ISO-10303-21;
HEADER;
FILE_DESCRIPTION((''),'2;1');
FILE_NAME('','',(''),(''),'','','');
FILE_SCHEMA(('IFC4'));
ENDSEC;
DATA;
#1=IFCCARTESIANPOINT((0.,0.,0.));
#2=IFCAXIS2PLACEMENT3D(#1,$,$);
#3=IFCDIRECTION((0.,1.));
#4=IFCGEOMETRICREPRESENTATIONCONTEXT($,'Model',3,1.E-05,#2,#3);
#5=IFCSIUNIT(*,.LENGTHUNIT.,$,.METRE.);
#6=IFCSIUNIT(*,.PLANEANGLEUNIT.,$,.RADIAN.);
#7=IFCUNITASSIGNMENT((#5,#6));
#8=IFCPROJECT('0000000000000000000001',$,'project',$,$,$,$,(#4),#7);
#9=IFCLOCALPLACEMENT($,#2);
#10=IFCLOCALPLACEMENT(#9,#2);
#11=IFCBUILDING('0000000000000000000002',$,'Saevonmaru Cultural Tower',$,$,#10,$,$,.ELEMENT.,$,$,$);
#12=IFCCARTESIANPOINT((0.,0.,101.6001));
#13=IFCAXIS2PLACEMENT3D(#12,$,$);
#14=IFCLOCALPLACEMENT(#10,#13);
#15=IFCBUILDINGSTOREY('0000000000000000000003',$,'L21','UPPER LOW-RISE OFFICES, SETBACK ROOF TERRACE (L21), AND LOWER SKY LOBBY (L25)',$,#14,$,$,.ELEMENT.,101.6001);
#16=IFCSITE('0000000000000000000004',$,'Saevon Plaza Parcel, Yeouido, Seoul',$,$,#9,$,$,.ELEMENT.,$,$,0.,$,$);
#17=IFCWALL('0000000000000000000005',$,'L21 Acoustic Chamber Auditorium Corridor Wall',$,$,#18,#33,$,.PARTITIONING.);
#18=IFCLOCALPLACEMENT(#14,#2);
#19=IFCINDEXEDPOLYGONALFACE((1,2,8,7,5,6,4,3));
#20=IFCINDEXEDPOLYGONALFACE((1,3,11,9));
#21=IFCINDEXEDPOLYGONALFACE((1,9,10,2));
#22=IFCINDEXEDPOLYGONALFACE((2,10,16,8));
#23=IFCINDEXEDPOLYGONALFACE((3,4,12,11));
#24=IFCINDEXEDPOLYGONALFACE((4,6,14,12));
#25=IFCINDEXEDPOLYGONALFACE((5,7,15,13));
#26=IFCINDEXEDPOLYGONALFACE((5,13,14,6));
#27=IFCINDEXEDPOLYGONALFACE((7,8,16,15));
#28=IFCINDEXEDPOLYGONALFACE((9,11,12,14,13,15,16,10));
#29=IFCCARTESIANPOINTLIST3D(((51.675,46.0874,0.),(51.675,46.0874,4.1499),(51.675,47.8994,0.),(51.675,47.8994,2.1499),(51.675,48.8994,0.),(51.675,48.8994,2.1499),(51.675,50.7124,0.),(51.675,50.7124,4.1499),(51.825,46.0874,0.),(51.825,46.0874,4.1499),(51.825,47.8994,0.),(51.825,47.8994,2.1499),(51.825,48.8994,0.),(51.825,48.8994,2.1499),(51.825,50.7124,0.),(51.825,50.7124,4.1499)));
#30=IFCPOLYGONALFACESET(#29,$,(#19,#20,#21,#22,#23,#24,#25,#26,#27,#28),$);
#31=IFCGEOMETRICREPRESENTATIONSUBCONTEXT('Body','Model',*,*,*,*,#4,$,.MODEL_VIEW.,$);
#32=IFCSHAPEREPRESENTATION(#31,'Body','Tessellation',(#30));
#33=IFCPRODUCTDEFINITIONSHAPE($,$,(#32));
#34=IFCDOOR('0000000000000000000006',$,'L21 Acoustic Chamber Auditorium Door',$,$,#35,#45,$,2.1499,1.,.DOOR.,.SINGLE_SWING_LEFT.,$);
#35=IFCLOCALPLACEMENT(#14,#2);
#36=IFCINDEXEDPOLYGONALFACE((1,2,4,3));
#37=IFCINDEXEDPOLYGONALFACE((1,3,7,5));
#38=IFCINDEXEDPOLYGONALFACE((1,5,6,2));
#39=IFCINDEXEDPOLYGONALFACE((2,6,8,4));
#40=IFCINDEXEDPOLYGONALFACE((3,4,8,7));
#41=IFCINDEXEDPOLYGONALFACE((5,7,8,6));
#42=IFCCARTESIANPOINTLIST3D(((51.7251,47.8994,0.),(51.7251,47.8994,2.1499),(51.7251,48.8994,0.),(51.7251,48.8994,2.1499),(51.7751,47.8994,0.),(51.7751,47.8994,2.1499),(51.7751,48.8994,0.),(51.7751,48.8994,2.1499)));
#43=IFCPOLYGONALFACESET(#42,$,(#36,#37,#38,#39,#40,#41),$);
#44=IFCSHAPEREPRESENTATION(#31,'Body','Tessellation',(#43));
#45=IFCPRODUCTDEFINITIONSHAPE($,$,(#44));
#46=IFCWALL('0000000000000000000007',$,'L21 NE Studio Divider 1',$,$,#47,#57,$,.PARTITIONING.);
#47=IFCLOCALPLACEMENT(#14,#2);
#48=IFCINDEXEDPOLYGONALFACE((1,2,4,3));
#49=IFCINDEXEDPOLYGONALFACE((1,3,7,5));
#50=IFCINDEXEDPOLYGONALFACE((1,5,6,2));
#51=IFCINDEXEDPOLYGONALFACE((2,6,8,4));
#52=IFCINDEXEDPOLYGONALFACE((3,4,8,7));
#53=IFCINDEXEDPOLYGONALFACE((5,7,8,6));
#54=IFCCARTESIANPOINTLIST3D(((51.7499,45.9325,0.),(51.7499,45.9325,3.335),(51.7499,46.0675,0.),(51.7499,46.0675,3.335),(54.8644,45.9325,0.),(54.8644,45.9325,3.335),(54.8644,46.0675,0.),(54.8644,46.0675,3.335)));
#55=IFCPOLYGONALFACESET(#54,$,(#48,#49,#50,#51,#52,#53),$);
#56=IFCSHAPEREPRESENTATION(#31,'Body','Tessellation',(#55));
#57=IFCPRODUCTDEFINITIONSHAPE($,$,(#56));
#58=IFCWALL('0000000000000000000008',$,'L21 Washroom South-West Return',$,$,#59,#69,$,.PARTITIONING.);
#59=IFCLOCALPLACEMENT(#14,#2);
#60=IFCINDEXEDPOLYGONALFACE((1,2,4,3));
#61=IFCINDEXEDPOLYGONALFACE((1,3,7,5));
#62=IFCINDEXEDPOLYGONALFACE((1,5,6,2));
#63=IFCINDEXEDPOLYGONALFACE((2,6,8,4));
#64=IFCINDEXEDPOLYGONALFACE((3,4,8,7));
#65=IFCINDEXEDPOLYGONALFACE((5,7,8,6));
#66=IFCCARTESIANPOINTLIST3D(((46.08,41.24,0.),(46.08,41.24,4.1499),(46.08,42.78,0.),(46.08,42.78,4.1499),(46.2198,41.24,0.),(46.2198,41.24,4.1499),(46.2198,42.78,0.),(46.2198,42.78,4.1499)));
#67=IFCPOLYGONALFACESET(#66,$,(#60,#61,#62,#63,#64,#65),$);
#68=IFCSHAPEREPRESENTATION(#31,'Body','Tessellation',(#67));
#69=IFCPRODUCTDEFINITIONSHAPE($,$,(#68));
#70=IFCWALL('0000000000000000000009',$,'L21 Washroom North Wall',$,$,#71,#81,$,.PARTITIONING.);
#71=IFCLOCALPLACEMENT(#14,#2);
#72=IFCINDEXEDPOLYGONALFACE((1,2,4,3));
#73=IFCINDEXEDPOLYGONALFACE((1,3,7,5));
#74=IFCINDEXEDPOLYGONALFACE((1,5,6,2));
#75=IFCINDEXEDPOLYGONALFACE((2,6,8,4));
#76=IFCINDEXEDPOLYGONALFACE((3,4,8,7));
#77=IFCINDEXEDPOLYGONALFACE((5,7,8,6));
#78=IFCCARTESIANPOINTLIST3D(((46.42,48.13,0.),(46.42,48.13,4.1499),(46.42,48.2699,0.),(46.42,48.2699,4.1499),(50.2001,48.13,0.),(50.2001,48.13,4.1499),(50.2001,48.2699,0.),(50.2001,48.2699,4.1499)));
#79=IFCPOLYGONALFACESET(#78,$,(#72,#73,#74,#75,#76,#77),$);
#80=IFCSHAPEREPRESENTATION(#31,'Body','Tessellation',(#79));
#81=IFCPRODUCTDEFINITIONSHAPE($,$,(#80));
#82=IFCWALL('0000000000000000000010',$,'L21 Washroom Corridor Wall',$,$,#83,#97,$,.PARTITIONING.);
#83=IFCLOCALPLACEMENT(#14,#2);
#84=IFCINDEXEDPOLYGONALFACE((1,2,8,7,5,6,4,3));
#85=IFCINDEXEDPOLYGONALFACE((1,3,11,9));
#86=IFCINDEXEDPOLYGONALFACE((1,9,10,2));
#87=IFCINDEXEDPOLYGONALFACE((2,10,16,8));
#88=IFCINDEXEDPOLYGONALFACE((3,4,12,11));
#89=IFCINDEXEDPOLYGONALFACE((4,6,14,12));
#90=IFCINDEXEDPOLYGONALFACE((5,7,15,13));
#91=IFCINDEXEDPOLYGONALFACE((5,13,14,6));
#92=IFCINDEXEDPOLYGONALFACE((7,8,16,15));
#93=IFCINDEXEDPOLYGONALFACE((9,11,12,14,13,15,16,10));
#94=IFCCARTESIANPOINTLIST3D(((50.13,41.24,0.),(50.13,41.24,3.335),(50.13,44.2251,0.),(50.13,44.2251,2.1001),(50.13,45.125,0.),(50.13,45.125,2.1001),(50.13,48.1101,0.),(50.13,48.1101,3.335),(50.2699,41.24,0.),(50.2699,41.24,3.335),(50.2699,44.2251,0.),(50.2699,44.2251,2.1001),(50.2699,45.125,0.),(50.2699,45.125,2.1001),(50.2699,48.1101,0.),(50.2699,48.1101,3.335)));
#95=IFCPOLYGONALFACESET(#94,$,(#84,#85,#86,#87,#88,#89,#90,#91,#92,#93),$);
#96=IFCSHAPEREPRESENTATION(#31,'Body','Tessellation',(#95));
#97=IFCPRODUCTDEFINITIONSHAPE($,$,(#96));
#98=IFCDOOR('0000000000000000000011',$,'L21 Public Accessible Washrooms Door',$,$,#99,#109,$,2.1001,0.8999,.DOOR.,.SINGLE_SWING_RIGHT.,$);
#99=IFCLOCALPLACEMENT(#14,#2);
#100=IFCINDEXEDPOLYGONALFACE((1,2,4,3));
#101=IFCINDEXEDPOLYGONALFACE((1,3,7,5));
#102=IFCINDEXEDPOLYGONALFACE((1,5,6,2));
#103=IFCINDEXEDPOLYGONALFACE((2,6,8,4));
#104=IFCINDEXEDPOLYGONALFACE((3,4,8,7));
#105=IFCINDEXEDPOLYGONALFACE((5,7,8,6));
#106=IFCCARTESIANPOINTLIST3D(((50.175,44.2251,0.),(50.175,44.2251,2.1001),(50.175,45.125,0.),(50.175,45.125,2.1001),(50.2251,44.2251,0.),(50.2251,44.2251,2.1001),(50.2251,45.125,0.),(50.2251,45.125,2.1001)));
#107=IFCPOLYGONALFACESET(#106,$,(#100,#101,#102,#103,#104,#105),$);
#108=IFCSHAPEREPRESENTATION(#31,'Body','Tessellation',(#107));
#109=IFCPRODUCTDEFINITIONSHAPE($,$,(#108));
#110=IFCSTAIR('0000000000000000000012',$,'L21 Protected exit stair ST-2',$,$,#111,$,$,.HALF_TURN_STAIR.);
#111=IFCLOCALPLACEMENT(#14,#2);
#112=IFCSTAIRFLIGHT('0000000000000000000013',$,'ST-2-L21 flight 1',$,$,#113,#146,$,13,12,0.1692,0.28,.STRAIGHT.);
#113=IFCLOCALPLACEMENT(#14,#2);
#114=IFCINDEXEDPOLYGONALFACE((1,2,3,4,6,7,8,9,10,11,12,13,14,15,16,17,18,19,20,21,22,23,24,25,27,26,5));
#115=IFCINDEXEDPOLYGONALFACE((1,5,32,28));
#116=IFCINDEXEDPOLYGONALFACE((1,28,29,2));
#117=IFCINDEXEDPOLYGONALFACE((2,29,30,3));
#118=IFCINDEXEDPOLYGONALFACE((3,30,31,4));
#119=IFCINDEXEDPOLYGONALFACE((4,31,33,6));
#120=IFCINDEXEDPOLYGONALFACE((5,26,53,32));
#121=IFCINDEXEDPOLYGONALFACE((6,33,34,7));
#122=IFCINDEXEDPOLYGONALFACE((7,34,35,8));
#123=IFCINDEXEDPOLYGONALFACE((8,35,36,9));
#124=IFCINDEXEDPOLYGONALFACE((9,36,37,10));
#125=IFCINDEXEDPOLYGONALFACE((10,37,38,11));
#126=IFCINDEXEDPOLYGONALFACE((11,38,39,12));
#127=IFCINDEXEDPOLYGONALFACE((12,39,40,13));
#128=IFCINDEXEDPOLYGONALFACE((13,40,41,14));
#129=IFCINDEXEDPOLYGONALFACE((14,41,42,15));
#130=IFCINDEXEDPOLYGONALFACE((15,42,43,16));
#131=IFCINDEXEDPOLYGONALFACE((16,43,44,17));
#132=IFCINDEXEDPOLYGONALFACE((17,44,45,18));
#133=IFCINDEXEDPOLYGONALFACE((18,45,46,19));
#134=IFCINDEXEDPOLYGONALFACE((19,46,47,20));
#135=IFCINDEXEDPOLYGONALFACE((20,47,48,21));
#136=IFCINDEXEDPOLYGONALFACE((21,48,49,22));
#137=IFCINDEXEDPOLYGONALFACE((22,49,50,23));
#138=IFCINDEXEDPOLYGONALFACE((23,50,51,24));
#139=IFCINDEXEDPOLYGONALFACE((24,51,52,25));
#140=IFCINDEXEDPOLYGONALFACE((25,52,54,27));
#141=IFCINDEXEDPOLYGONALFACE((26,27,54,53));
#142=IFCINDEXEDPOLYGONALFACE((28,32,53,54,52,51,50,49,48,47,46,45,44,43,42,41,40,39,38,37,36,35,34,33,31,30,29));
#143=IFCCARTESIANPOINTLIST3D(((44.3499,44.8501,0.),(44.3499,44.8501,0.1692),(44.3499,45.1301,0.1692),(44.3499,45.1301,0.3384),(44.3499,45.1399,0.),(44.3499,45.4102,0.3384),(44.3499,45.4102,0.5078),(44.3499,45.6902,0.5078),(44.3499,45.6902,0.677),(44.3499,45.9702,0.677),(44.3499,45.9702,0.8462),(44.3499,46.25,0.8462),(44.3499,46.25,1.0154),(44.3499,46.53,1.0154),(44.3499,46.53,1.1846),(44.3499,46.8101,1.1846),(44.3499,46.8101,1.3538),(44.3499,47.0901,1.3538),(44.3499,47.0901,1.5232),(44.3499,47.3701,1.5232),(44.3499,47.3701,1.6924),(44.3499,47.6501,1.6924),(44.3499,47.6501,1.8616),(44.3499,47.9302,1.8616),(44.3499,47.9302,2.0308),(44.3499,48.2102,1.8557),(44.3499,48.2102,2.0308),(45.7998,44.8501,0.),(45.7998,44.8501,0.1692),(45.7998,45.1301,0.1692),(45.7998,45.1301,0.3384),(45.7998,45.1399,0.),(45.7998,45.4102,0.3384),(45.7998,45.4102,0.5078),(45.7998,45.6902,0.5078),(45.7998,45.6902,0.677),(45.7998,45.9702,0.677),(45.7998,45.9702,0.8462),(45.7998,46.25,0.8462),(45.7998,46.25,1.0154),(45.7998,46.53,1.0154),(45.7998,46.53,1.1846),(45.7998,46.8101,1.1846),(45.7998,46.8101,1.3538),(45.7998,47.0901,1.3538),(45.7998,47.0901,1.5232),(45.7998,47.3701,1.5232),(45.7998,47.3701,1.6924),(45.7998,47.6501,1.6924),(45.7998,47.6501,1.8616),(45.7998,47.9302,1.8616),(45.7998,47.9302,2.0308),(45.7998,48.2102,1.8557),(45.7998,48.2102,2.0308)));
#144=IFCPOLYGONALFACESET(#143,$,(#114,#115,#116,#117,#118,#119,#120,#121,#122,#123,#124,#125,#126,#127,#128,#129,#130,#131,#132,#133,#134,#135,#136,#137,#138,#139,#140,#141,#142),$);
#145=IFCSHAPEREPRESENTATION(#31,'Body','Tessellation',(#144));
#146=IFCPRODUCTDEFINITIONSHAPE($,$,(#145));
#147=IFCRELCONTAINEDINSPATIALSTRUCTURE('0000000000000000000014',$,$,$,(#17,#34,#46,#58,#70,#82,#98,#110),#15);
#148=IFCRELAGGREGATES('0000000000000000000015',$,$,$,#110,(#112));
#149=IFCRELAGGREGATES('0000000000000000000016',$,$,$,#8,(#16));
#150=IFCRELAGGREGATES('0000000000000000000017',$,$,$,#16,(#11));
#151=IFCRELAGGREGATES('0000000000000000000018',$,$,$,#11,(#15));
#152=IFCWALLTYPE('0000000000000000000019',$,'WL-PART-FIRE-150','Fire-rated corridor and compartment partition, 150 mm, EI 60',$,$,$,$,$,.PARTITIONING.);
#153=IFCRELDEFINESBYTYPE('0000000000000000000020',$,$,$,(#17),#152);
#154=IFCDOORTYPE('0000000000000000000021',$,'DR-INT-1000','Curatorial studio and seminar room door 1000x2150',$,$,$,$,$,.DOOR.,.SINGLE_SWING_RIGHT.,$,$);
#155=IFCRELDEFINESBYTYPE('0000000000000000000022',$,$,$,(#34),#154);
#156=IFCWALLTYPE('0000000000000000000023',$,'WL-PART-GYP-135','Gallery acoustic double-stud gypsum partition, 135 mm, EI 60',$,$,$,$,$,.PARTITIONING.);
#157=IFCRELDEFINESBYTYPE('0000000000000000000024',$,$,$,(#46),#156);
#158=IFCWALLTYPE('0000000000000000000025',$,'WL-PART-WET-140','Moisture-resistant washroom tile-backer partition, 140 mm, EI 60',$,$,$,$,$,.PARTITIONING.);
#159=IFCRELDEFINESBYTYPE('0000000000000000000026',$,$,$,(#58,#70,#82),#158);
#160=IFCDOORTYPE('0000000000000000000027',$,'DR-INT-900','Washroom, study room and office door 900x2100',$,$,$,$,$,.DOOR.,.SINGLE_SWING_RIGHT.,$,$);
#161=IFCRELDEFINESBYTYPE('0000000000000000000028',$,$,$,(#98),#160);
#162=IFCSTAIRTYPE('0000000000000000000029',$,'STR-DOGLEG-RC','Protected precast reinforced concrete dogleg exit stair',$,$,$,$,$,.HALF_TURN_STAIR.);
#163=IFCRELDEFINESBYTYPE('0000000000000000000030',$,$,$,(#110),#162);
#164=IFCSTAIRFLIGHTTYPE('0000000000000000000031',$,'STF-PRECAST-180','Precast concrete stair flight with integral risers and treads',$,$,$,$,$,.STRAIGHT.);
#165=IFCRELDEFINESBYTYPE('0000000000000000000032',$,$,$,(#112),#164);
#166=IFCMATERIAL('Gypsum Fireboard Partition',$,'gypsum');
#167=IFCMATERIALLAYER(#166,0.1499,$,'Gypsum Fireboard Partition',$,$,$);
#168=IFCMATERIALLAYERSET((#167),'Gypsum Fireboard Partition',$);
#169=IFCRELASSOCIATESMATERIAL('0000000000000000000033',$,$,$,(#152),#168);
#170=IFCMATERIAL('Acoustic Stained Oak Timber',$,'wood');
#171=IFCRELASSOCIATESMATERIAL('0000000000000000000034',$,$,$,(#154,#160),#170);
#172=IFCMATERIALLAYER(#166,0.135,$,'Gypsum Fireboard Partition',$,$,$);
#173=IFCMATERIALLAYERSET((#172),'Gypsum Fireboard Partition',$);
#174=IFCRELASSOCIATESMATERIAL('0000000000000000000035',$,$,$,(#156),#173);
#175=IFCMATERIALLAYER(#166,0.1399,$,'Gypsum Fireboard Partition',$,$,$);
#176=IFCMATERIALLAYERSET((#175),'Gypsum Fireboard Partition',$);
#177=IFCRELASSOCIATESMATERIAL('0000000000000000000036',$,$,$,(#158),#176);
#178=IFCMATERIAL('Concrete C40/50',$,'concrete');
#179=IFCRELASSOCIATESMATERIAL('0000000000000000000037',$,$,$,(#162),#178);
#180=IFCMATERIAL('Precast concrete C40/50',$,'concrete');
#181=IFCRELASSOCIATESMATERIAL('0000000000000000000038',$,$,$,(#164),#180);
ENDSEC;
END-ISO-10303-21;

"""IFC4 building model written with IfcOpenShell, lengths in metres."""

from ifc_helpers import new_model, si_unit, direction, frame, frame_2d, origin, place, context, subcontext, project, spatial, polyline, rectangle, outline, extrude, material, layer, layer_set, type_object, element, fill, aggregate, save


model = new_model("IFC4")

# Units and contexts
model_context = context("Model", 3, precision=1e-05, world=origin(), true_north=direction((0.0, 1.0)))
body_context = subcontext(model_context, "Body", "Model", "MODEL_VIEW")
ifc_project = project(units=[si_unit("LENGTHUNIT", "METRE"), si_unit("PLANEANGLEUNIT", "RADIAN")], contexts=[model_context])

# Site, building, storey
site_placement = place(None, origin())
site = spatial("IfcSite", under=ifc_project, at=site_placement, Name="Saevon Plaza Parcel, Yeouido, Seoul", CompositionType="ELEMENT", RefElevation=0.0)
building_placement = place(site_placement, origin())
building = spatial("IfcBuilding", under=site, at=building_placement, Name="Saevonmaru Cultural Tower", CompositionType="ELEMENT")
storey_placement = place(building_placement, frame((0.0, 0.0, 101.6001)))
storey = spatial("IfcBuildingStorey", under=building, at=storey_placement, Name="L21", Description="UPPER LOW-RISE OFFICES, SETBACK ROOF TERRACE (L21), AND LOWER SKY LOBBY (L25)", CompositionType="ELEMENT", Elevation=101.6001)

# Wall, opening, door
ifc_material_1 = material(Name="Gypsum Fireboard Partition", Category="gypsum")
ifc_layer_1 = layer(ifc_material_1, 0.1499, Name="Gypsum Fireboard Partition")
ifc_layer_set_1 = layer_set([ifc_layer_1], Name="Gypsum Fireboard Partition")
wall_type_1 = type_object("IfcWallType", Name="WL-PART-FIRE-150", Description="Fire-rated corridor and compartment partition, 150 mm, EI 60", PredefinedType="PARTITIONING", material=ifc_layer_set_1)
wall_1_placement = place(storey_placement, frame((51.75, 46.0874, 0.0), z_axis=(0.0, 0.0, 1.0), x_axis=(0.0, 1.0, 0.0)))
wall_1 = element("IfcWall", 1, at=wall_1_placement, inside=storey, type_object=wall_type_1, Name="L21 Acoustic Chamber Auditorium Corridor Wall", PredefinedType="PARTITIONING", context=body_context, shape_type="SweptSolid", body=[
    extrude(rectangle(XDim=4.625, YDim=0.1499, at=frame_2d((2.3125, 0.0))), origin(), (0.0, 0.0, 1.0), 4.1499),
])
opening_1_placement = place(wall_1_placement, frame((1.812, 0.0, 0.0)))
opening_1 = element("IfcOpeningElement", 2, at=opening_1_placement, cuts=wall_1, PredefinedType="OPENING", context=body_context, shape_type="SweptSolid", body=[
    extrude(rectangle(XDim=1.0, YDim=2.1499, at=frame_2d((0.5, 1.075))), frame((0.0, 0.085, 0.0), z_axis=(0.0, -1.0, 0.0), x_axis=(1.0, 0.0, 0.0)), (0.0, 0.0, 1.0), 0.1699),
])
ifc_material_2 = material(Name="Acoustic Stained Oak Timber", Category="wood")
door_type_1 = type_object("IfcDoorType", Name="DR-INT-1000", Description="Curatorial studio and seminar room door 1000x2150", OperationType="SINGLE_SWING_RIGHT", PredefinedType="DOOR", material=ifc_material_2)
door_1_placement = place(opening_1_placement, origin())
door_1 = element("IfcDoor", 3, at=door_1_placement, inside=storey, type_object=door_type_1, Name="L21 Acoustic Chamber Auditorium Door", OperationType="SINGLE_SWING_LEFT", OverallHeight=2.1499, OverallWidth=1.0, PredefinedType="DOOR", context=body_context, shape_type="SweptSolid", body=[
    extrude(rectangle(XDim=1.0, YDim=2.1499, at=frame_2d((0.5, 1.075))), frame((0.0, 0.0249, 0.0), z_axis=(0.0, -1.0, 0.0), x_axis=(1.0, 0.0, 0.0)), (0.0, 0.0, 1.0), 0.05),
])
fill(opening_1, door_1)

# Walls
ifc_layer_2 = layer(ifc_material_1, 0.135, Name="Gypsum Fireboard Partition")
ifc_layer_set_2 = layer_set([ifc_layer_2], Name="Gypsum Fireboard Partition")
wall_type_2 = type_object("IfcWallType", Name="WL-PART-GYP-135", Description="Gallery acoustic double-stud gypsum partition, 135 mm, EI 60", PredefinedType="PARTITIONING", material=ifc_layer_set_2)
wall_2_placement = place(storey_placement, frame((51.75, 46.0, 0.0), z_axis=(0.0, 0.0, 1.0), x_axis=(1.0, 0.0, 0.0)))
element("IfcWall", 4, at=wall_2_placement, inside=storey, type_object=wall_type_2, Name="L21 NE Studio Divider 1", PredefinedType="PARTITIONING", context=body_context, shape_type="SweptSolid", body=[
    extrude(rectangle(XDim=3.1145, YDim=0.135, at=frame_2d((1.5571, 0.0))), origin(), (0.0, 0.0, 1.0), 3.335),
])
ifc_layer_3 = layer(ifc_material_1, 0.1399, Name="Gypsum Fireboard Partition")
ifc_layer_set_3 = layer_set([ifc_layer_3], Name="Gypsum Fireboard Partition")
wall_type_3 = type_object("IfcWallType", Name="WL-PART-WET-140", Description="Moisture-resistant washroom tile-backer partition, 140 mm, EI 60", PredefinedType="PARTITIONING", material=ifc_layer_set_3)
wall_3_placement = place(storey_placement, frame((46.1499, 41.24, 0.0), z_axis=(0.0, 0.0, 1.0), x_axis=(0.0, 1.0, 0.0)))
element("IfcWall", 5, at=wall_3_placement, inside=storey, type_object=wall_type_3, Name="L21 Washroom South-West Return", PredefinedType="PARTITIONING", context=body_context, shape_type="SweptSolid", body=[
    extrude(rectangle(XDim=1.54, YDim=0.1399, at=frame_2d((0.77, 0.0))), origin(), (0.0, 0.0, 1.0), 4.1499),
])
wall_4_placement = place(storey_placement, frame((46.4199, 48.2, 0.0), z_axis=(0.0, 0.0, 1.0), x_axis=(1.0, 0.0, 0.0)))
element("IfcWall", 6, at=wall_4_placement, inside=storey, type_object=wall_type_3, Name="L21 Washroom North Wall", PredefinedType="PARTITIONING", context=body_context, shape_type="SweptSolid", body=[
    extrude(rectangle(XDim=3.78, YDim=0.1399, at=frame_2d((1.8901, 0.0))), origin(), (0.0, 0.0, 1.0), 4.1499),
])

# Wall, opening, door
wall_5_placement = place(storey_placement, frame((50.2, 41.24, 0.0), z_axis=(0.0, 0.0, 1.0), x_axis=(0.0, 1.0, 0.0)))
wall_5 = element("IfcWall", 7, at=wall_5_placement, inside=storey, type_object=wall_type_3, Name="L21 Washroom Corridor Wall", PredefinedType="PARTITIONING", context=body_context, shape_type="SweptSolid", body=[
    extrude(rectangle(XDim=6.8701, YDim=0.1399, at=frame_2d((3.4351, 0.0))), origin(), (0.0, 0.0, 1.0), 3.335),
])
opening_2_placement = place(wall_5_placement, frame((2.9851, 0.0, 0.0)))
opening_2 = element("IfcOpeningElement", 8, at=opening_2_placement, cuts=wall_5, PredefinedType="OPENING", context=body_context, shape_type="SweptSolid", body=[
    extrude(rectangle(XDim=0.8999, YDim=2.1001, at=frame_2d((0.45, 1.05))), frame((0.0, 0.0801, 0.0), z_axis=(0.0, -1.0, 0.0), x_axis=(1.0, 0.0, 0.0)), (0.0, 0.0, 1.0), 0.1599),
])
door_type_2 = type_object("IfcDoorType", Name="DR-INT-900", Description="Washroom, study room and office door 900x2100", OperationType="SINGLE_SWING_RIGHT", PredefinedType="DOOR", material=ifc_material_2)
door_2_placement = place(opening_2_placement, origin())
door_2 = element("IfcDoor", 9, at=door_2_placement, inside=storey, type_object=door_type_2, Name="L21 Public Accessible Washrooms Door", OperationType="SINGLE_SWING_RIGHT", OverallHeight=2.1001, OverallWidth=0.8999, PredefinedType="DOOR", context=body_context, shape_type="SweptSolid", body=[
    extrude(rectangle(XDim=0.8999, YDim=2.1001, at=frame_2d((0.45, 1.05))), frame((0.0, 0.0249, 0.0), z_axis=(0.0, -1.0, 0.0), x_axis=(1.0, 0.0, 0.0)), (0.0, 0.0, 1.0), 0.05),
])
fill(opening_2, door_2)

# Stair, stair flight
ifc_material_3 = material(Name="Concrete C40/50", Category="concrete")
stair_type = type_object("IfcStairType", Name="STR-DOGLEG-RC", Description="Protected precast reinforced concrete dogleg exit stair", PredefinedType="HALF_TURN_STAIR", material=ifc_material_3)
stair_placement = place(storey_placement, origin())
stair = element("IfcStair", 10, at=stair_placement, inside=storey, type_object=stair_type, Name="L21 Protected exit stair ST-2", PredefinedType="HALF_TURN_STAIR")
ifc_material_4 = material(Name="Precast concrete C40/50", Category="concrete")
stair_flight_type = type_object("IfcStairFlightType", Name="STF-PRECAST-180", Description="Precast concrete stair flight with integral risers and treads", PredefinedType="STRAIGHT", material=ifc_material_4)
stair_flight_1_placement = place(storey_placement, frame((45.075, 44.8501, 0.0), z_axis=(0.0, 0.0, 1.0), x_axis=(0.0, 1.0, 0.0)))
stair_flight_1 = element("IfcStairFlight", 11, at=stair_flight_1_placement, type_object=stair_flight_type, Name="ST-2-L21 flight 1", NumberOfRisers=13, NumberOfTreads=12, PredefinedType="STRAIGHT", RiserHeight=0.1692, TreadLength=0.28, context=body_context, shape_type="SweptSolid", body=[
    extrude(outline(polyline([(0.0, 0.0), (0.0, 0.1692), (0.28, 0.1692), (0.28, 0.3384), (0.5601, 0.3384), (0.5601, 0.5078), (0.8401, 0.5078), (0.8401, 0.677), (1.1201, 0.677), (1.1201, 0.8462), (1.3999, 0.8462), (1.3999, 1.0154), (1.6799, 1.0154), (1.6799, 1.1846), (1.96, 1.1846), (1.96, 1.3538), (2.24, 1.3538), (2.24, 1.5232), (2.52, 1.5232), (2.52, 1.6924), (2.8, 1.6924), (2.8, 1.8616), (3.0801, 1.8616), (3.0801, 2.0308), (3.3601, 2.0308), (3.3601, 2.2), (3.3601, 1.8557), (0.2898, 0.0), (0.0, 0.0)])), frame((0.0, 0.7251, 0.0), z_axis=(0.0, -1.0, 0.0), x_axis=(1.0, 0.0, 0.0)), (0.0, 0.0, 1.0), 1.45),
])
aggregate(stair, [stair_flight_1])

save(model, "model.ifc")
